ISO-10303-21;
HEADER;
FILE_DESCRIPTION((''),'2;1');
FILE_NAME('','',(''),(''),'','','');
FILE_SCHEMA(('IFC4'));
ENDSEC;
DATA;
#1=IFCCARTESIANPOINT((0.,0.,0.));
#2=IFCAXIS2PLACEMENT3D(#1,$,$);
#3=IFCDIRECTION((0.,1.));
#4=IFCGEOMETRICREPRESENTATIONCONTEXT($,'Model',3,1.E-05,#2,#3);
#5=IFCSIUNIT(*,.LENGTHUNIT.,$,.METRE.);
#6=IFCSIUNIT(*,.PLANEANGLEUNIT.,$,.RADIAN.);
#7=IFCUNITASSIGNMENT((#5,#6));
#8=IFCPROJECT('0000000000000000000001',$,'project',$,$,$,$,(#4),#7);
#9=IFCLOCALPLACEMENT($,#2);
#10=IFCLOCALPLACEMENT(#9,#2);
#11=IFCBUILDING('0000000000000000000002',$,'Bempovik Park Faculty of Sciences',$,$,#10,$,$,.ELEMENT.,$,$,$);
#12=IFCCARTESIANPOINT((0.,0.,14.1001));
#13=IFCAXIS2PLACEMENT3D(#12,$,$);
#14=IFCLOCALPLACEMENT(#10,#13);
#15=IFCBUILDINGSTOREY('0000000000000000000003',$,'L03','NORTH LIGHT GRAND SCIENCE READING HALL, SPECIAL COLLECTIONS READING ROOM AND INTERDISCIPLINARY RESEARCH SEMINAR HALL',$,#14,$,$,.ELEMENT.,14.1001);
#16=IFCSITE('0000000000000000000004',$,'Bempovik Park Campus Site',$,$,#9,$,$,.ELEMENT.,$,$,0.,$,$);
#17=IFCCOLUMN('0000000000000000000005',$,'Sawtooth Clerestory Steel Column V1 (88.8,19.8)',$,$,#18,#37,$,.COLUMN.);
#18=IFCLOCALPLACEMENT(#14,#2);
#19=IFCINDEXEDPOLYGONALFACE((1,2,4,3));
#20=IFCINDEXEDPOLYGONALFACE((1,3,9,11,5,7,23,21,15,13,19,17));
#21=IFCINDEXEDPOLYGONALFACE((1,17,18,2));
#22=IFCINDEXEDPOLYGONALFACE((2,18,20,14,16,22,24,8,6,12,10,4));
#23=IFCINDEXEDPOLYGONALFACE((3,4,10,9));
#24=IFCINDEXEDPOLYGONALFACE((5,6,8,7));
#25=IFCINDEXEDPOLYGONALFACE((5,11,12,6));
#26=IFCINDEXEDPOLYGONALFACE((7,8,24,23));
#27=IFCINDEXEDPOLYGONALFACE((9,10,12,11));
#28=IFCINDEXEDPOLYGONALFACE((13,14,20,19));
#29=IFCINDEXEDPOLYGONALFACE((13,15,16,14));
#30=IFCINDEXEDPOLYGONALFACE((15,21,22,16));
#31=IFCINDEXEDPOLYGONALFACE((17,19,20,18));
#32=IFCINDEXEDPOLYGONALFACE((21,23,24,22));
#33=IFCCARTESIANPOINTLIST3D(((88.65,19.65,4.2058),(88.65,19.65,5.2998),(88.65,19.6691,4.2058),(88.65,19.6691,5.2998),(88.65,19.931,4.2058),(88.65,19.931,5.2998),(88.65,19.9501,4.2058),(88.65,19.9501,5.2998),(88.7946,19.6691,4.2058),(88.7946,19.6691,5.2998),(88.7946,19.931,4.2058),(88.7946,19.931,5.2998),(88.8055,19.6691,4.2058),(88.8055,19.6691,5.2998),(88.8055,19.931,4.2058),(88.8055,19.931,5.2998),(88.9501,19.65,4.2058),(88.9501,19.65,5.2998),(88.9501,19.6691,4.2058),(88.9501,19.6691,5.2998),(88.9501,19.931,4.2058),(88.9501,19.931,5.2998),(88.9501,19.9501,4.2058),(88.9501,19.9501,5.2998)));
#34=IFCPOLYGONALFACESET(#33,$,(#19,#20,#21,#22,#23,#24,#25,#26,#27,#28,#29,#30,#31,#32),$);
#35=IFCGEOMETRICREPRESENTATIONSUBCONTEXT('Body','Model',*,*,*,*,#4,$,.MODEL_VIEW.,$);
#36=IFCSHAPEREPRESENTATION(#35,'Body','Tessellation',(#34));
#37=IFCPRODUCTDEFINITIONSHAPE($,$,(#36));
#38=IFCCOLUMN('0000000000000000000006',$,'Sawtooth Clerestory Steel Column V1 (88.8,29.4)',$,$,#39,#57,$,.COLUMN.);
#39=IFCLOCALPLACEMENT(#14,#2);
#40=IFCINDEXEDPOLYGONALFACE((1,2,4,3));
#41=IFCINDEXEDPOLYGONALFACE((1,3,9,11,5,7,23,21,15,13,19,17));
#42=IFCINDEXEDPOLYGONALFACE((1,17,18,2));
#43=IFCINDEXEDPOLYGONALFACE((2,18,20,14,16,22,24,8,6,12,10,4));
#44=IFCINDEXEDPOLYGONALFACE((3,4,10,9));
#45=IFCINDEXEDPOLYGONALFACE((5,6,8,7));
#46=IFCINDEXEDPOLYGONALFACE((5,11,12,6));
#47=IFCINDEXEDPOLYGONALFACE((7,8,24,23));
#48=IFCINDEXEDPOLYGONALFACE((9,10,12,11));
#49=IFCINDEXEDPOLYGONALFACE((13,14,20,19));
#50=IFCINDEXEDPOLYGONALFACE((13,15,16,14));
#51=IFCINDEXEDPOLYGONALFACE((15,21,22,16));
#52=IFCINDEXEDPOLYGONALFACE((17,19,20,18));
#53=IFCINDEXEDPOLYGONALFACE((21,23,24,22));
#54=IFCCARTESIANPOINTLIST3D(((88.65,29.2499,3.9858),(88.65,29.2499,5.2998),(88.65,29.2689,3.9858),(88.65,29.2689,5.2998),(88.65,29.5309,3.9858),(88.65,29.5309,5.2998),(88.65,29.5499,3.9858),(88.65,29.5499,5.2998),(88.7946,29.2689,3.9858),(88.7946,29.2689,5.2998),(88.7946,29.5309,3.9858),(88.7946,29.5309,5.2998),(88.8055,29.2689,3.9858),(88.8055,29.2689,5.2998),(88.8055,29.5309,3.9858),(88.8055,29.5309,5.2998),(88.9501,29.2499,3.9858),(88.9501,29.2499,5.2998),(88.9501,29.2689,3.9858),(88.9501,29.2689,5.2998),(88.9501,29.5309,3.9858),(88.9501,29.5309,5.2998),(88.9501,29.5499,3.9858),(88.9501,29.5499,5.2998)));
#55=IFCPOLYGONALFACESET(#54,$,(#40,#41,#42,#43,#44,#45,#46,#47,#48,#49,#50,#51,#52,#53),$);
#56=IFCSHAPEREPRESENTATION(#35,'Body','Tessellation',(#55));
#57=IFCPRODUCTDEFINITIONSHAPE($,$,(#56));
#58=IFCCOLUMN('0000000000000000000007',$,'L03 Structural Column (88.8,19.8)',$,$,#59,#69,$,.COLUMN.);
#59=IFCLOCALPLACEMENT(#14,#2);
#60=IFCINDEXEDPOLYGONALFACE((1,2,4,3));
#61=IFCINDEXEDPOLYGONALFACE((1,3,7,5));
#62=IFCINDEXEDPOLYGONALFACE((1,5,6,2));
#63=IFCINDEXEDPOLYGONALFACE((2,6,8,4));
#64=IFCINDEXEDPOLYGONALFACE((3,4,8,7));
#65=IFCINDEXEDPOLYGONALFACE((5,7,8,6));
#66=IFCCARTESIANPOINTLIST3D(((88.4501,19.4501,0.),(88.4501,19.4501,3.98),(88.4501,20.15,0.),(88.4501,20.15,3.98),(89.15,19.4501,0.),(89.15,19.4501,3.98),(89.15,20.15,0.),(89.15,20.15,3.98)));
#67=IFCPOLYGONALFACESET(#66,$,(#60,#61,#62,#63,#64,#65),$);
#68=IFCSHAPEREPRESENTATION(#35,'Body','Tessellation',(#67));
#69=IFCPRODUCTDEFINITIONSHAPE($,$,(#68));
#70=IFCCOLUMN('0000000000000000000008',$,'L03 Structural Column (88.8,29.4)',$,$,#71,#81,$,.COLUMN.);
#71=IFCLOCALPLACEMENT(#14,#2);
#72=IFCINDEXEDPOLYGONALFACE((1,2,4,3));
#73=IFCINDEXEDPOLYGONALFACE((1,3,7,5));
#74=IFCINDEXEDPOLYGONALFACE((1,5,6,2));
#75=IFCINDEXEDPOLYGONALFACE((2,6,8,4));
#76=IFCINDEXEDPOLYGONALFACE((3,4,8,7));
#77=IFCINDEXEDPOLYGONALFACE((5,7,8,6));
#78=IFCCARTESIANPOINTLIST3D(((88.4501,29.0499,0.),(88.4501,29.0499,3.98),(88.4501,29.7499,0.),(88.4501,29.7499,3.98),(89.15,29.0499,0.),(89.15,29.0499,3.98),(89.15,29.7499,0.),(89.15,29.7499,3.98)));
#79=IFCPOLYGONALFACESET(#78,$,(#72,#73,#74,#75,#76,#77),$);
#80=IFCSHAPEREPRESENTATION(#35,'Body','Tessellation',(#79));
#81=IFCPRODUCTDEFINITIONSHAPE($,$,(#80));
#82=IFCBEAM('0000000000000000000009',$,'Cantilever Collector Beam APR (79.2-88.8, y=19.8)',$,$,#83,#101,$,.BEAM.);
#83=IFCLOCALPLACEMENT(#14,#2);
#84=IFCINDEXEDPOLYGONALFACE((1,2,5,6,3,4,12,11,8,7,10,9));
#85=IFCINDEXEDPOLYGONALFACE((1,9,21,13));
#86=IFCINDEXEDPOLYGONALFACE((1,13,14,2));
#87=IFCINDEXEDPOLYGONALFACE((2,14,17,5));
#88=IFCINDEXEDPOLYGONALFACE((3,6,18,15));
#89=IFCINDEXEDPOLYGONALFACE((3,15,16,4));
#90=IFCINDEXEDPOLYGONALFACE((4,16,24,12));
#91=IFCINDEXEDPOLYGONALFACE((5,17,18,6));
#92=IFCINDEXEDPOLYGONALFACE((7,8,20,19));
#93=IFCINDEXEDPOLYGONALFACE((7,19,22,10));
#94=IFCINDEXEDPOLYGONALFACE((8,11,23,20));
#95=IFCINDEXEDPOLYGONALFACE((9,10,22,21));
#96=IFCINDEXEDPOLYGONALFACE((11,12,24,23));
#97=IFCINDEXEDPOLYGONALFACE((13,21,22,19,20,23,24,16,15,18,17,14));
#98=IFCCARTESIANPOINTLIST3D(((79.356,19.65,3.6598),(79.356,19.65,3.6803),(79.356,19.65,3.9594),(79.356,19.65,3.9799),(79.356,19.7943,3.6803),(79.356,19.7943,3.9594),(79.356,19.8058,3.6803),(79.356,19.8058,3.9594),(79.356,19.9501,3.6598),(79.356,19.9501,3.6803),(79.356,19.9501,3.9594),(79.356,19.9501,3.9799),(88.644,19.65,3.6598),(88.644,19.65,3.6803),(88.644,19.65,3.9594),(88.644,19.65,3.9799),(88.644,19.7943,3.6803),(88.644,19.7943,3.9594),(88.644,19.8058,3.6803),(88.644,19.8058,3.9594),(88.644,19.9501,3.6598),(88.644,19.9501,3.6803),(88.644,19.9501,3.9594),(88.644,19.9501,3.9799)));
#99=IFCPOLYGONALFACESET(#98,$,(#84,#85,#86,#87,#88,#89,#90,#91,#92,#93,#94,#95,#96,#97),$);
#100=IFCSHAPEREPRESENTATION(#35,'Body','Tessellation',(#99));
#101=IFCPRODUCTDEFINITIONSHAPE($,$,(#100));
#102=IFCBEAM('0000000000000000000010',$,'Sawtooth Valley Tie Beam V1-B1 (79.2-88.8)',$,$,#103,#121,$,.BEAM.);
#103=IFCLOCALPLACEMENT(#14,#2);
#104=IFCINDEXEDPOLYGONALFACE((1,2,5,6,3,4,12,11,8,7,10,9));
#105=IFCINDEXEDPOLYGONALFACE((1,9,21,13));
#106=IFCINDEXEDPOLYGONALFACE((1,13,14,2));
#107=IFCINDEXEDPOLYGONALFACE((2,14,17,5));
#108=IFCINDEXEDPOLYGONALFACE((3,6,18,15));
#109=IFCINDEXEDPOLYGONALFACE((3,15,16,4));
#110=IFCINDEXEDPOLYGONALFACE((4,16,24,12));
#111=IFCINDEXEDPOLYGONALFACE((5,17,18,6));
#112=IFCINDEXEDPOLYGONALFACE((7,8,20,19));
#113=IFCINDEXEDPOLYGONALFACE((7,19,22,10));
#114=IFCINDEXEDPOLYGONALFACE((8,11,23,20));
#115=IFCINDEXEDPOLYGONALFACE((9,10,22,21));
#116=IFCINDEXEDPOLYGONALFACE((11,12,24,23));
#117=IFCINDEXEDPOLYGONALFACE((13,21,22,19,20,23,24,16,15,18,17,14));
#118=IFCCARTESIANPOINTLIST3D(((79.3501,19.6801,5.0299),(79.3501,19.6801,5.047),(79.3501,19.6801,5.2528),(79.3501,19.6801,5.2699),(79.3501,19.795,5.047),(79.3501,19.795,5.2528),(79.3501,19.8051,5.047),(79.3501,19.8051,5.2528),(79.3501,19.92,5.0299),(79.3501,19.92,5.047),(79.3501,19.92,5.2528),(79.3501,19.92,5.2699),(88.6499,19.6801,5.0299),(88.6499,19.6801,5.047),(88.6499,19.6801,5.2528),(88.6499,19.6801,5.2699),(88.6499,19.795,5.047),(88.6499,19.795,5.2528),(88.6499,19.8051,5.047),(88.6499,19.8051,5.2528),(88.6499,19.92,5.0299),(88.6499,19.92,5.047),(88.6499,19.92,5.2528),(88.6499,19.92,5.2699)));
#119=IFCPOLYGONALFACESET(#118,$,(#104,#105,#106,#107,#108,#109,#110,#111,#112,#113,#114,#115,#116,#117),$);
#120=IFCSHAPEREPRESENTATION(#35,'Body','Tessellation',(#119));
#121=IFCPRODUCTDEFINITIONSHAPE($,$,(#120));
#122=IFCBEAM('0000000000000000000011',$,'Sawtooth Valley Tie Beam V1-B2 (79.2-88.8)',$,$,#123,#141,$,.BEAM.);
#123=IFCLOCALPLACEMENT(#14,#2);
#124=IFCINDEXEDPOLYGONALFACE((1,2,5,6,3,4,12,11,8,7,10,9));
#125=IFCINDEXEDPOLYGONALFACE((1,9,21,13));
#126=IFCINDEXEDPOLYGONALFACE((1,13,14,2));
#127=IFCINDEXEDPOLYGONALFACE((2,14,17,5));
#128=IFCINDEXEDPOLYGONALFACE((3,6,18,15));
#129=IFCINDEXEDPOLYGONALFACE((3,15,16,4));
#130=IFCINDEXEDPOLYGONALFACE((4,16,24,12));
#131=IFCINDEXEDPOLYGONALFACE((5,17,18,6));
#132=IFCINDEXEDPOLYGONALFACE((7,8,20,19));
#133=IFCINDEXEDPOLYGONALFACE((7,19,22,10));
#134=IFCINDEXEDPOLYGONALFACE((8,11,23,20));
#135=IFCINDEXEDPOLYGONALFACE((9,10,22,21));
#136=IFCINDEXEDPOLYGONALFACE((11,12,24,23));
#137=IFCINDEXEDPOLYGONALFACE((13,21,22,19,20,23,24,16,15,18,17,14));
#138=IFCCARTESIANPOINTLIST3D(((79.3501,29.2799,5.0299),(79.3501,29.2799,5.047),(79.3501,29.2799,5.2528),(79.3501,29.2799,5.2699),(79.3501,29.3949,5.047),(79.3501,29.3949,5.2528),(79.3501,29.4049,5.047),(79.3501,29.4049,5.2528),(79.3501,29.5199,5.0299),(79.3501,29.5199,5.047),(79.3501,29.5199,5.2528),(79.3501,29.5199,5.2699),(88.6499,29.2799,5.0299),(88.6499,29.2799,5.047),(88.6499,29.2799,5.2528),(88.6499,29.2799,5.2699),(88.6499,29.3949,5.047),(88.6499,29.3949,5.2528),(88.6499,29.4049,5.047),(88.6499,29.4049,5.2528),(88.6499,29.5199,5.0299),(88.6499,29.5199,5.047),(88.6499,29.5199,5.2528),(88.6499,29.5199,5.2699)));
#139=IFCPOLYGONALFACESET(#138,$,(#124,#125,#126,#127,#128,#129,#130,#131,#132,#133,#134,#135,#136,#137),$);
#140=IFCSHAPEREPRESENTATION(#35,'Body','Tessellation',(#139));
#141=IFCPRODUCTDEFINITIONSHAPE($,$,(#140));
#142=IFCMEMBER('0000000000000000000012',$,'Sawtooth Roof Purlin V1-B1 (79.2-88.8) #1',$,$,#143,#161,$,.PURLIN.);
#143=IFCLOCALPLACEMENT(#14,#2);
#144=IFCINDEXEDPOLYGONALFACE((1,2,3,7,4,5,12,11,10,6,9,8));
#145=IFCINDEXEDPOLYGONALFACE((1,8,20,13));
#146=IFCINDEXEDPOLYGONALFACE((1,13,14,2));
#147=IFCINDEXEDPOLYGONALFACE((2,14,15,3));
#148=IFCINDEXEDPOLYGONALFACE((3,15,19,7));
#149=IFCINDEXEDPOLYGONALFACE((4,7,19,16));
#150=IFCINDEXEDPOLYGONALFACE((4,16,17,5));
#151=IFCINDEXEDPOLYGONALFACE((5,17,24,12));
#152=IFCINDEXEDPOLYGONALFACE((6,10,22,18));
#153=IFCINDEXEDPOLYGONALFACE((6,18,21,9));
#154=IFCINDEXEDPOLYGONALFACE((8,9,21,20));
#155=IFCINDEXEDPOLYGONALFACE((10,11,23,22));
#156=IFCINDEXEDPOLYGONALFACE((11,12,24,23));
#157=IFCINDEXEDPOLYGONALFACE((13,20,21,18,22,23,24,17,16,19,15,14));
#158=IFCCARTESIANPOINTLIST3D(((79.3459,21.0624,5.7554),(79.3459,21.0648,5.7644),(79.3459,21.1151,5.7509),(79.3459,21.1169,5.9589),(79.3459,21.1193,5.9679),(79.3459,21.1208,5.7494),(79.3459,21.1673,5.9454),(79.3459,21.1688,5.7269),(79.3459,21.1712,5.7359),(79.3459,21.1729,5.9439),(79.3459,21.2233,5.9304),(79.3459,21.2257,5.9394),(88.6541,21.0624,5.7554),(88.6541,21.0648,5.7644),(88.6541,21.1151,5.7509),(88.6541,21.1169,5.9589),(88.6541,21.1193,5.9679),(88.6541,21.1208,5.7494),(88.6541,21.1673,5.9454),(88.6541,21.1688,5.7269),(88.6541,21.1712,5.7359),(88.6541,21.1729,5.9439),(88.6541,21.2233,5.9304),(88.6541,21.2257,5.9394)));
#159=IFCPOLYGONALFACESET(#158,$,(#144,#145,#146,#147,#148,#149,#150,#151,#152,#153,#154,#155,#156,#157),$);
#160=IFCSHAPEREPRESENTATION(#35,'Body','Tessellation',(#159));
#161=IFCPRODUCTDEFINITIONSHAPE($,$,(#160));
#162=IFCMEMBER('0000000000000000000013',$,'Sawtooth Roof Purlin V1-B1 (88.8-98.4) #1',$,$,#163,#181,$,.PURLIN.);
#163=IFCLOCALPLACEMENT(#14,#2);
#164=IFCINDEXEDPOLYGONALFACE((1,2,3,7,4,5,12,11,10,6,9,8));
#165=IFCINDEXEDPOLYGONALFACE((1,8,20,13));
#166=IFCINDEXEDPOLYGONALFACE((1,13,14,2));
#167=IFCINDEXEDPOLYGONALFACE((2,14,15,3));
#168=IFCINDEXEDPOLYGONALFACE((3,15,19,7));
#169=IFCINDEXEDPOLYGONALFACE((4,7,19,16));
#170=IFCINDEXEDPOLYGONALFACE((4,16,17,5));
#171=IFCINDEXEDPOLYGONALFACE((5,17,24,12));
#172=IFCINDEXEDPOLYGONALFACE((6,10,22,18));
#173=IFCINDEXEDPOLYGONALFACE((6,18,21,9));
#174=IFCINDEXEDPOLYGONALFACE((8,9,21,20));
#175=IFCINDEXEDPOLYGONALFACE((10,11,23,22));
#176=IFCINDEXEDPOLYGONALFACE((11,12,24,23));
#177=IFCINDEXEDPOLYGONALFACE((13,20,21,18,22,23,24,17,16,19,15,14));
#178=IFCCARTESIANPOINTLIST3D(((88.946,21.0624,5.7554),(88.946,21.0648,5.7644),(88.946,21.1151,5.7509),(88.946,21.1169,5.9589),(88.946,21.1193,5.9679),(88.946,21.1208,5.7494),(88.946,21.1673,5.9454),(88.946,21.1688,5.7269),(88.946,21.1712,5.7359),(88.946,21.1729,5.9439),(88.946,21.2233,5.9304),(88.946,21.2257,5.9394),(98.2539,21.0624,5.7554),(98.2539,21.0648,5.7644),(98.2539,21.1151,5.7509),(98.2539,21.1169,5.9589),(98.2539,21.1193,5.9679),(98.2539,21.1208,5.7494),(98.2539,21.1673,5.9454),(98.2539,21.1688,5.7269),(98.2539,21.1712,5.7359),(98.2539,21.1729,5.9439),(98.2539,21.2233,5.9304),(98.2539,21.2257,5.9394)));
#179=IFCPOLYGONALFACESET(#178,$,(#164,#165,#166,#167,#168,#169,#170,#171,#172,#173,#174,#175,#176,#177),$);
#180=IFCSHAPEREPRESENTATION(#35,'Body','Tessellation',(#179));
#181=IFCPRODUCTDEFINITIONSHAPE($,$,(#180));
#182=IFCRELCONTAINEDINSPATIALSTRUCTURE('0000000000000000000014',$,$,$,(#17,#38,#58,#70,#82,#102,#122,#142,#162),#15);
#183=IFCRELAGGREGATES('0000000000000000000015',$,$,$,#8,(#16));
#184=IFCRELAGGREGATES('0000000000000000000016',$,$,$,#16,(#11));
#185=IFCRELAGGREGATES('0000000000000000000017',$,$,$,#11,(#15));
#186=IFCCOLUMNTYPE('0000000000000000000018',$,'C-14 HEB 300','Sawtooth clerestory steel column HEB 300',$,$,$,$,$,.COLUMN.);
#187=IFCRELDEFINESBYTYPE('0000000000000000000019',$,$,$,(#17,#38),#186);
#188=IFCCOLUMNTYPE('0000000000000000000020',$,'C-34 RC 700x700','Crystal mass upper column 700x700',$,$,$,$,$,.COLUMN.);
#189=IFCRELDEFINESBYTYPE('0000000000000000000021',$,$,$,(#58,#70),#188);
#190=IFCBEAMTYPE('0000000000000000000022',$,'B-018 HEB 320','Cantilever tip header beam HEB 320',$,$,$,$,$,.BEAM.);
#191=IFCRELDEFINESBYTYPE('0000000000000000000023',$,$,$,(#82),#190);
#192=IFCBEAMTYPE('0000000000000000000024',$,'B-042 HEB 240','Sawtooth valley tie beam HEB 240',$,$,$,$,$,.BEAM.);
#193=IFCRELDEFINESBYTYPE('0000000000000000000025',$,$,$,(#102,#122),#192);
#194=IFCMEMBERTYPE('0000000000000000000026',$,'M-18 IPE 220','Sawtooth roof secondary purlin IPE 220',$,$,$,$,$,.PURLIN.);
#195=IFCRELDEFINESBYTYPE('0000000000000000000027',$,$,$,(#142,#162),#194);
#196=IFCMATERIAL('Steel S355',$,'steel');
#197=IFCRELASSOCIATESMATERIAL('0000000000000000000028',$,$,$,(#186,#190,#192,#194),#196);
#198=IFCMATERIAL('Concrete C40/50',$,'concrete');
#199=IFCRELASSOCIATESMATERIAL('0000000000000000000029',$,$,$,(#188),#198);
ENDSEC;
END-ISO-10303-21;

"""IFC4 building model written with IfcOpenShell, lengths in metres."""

from ifc_helpers import new_model, si_unit, direction, frame, origin, origin_2d, place, context, subcontext, project, spatial, rectangle, i_section, extrude, material, material_profile, profile_set, type_object, element, save


model = new_model("IFC4")

# Units and contexts
model_context = context("Model", 3, precision=1e-05, world=origin(), true_north=direction((0.0, 1.0)))
body_context = subcontext(model_context, "Body", "Model", "MODEL_VIEW")
ifc_project = project(units=[si_unit("LENGTHUNIT", "METRE"), si_unit("PLANEANGLEUNIT", "RADIAN")], contexts=[model_context])

# Site, building, storey
site_placement = place(None, origin())
site = spatial("IfcSite", under=ifc_project, at=site_placement, Name="Bempovik Park Campus Site", CompositionType="ELEMENT", RefElevation=0.0)
building_placement = place(site_placement, origin())
building = spatial("IfcBuilding", under=site, at=building_placement, Name="Bempovik Park Faculty of Sciences", CompositionType="ELEMENT")
storey_placement = place(building_placement, frame((0.0, 0.0, 14.1001)))
storey = spatial("IfcBuildingStorey", under=building, at=storey_placement, Name="L03", Description="NORTH LIGHT GRAND SCIENCE READING HALL, SPECIAL COLLECTIONS READING ROOM AND INTERDISCIPLINARY RESEARCH SEMINAR HALL", CompositionType="ELEMENT", Elevation=14.1001)

# Columns
ifc_material_1 = material(Name="Steel S355", Category="steel")
ifc_material_profile_1 = material_profile(ifc_material_1, i_section(OverallWidth=0.3, OverallDepth=0.3, WebThickness=0.011, FlangeThickness=0.019, at=origin_2d()), Name="HEB 300")
ifc_profile_set_1 = profile_set([ifc_material_profile_1], Name="Steel S355")
column_type_1 = type_object("IfcColumnType", Name="C-14 HEB 300", Description="Sawtooth clerestory steel column HEB 300", PredefinedType="COLUMN", material=ifc_profile_set_1)
column_1_placement = place(storey_placement, frame((88.8, 19.8, 4.2058), z_axis=(0.0, 0.0, 1.0), x_axis=(1.0, 0.0, 0.0)))
element("IfcColumn", 1, at=column_1_placement, inside=storey, type_object=column_type_1, Name="Sawtooth Clerestory Steel Column V1 (88.8,19.8)", PredefinedType="COLUMN", context=body_context, shape_type="SweptSolid", body=[
    extrude(i_section(OverallWidth=0.3, OverallDepth=0.3, WebThickness=0.011, FlangeThickness=0.019, at=origin_2d()), origin(), (0.0, 0.0, 1.0), 1.094),
])
column_2_placement = place(storey_placement, frame((88.8, 29.3999, 3.9858), z_axis=(0.0, 0.0, 1.0), x_axis=(1.0, 0.0, 0.0)))
element("IfcColumn", 2, at=column_2_placement, inside=storey, type_object=column_type_1, Name="Sawtooth Clerestory Steel Column V1 (88.8,29.4)", PredefinedType="COLUMN", context=body_context, shape_type="SweptSolid", body=[
    extrude(i_section(OverallWidth=0.3, OverallDepth=0.3, WebThickness=0.011, FlangeThickness=0.019, at=origin_2d()), origin(), (0.0, 0.0, 1.0), 1.314),
])
ifc_material_2 = material(Name="Concrete C40/50", Category="concrete")
ifc_material_profile_2 = material_profile(ifc_material_2, rectangle(XDim=0.7, YDim=0.7, at=origin_2d()), Name="RC 700x700")
ifc_profile_set_2 = profile_set([ifc_material_profile_2], Name="Concrete C40/50")
column_type_2 = type_object("IfcColumnType", Name="C-34 RC 700x700", Description="Crystal mass upper column 700x700", PredefinedType="COLUMN", material=ifc_profile_set_2)
for number, where, z_axis, x_axis, name in (
    (3, (88.8, 19.8, 0.0), (0.0, 0.0, 1.0), (1.0, 0.0, 0.0), "L03 Structural Column (88.8,19.8)"),
    (4, (88.8, 29.3999, 0.0), (0.0, 0.0, 1.0), (1.0, 0.0, 0.0), "L03 Structural Column (88.8,29.4)"),
):
    element("IfcColumn", number, at=place(storey_placement, frame(where, z_axis=z_axis, x_axis=x_axis)), inside=storey, type_object=column_type_2, Name=name, PredefinedType="COLUMN", context=body_context, shape_type="SweptSolid", body=[
        extrude(rectangle(XDim=0.7, YDim=0.7, at=origin_2d()), origin(), (0.0, 0.0, 1.0), 3.98),
    ])

# Beams
ifc_material_profile_3 = material_profile(ifc_material_1, i_section(OverallWidth=0.3, OverallDepth=0.3201, WebThickness=0.0115, FlangeThickness=0.0205, at=origin_2d()), Name="HEB 320")
ifc_profile_set_3 = profile_set([ifc_material_profile_3], Name="Steel S355")
beam_type_1 = type_object("IfcBeamType", Name="B-018 HEB 320", Description="Cantilever tip header beam HEB 320", PredefinedType="BEAM", material=ifc_profile_set_3)
beam_placement = place(storey_placement, frame((79.356, 19.8, 3.8198), z_axis=(1.0, 0.0, 0.0), x_axis=(0.0, 1.0, 0.0)))
element("IfcBeam", 5, at=beam_placement, inside=storey, type_object=beam_type_1, Name="Cantilever Collector Beam APR (79.2-88.8, y=19.8)", PredefinedType="BEAM", context=body_context, shape_type="SweptSolid", body=[
    extrude(i_section(OverallWidth=0.3, OverallDepth=0.3201, WebThickness=0.0115, FlangeThickness=0.0205, at=origin_2d()), origin(), (0.0, 0.0, 1.0), 9.2881),
])
ifc_material_profile_4 = material_profile(ifc_material_1, i_section(OverallWidth=0.24, OverallDepth=0.24, WebThickness=0.01, FlangeThickness=0.0171, at=origin_2d()), Name="HEB 240")
ifc_profile_set_4 = profile_set([ifc_material_profile_4], Name="Steel S355")
beam_type_2 = type_object("IfcBeamType", Name="B-042 HEB 240", Description="Sawtooth valley tie beam HEB 240", PredefinedType="BEAM", material=ifc_profile_set_4)
for number, where, z_axis, x_axis, name in (
    (6, (79.3501, 19.8, 5.1499), (1.0, 0.0, 0.0), (0.0, 1.0, 0.0), "Sawtooth Valley Tie Beam V1-B1 (79.2-88.8)"),
    (7, (79.3501, 29.3999, 5.1499), (1.0, 0.0, 0.0), (0.0, 1.0, 0.0), "Sawtooth Valley Tie Beam V1-B2 (79.2-88.8)"),
):
    element("IfcBeam", number, at=place(storey_placement, frame(where, z_axis=z_axis, x_axis=x_axis)), inside=storey, type_object=beam_type_2, Name=name, PredefinedType="BEAM", context=body_context, shape_type="SweptSolid", body=[
        extrude(i_section(OverallWidth=0.24, OverallDepth=0.24, WebThickness=0.01, FlangeThickness=0.0171, at=origin_2d()), origin(), (0.0, 0.0, 1.0), 9.2998),
    ])

# Members
ifc_material_profile_5 = material_profile(ifc_material_1, i_section(OverallWidth=0.1101, OverallDepth=0.22, WebThickness=0.0059, FlangeThickness=0.0093, at=origin_2d()), Name="IPE 220")
ifc_profile_set_5 = profile_set([ifc_material_profile_5], Name="Steel S355")
member_type_1 = type_object("IfcMemberType", Name="M-18 IPE 220", Description="Sawtooth roof secondary purlin IPE 220", PredefinedType="PURLIN", material=ifc_profile_set_5)
member_1_placement = place(storey_placement, frame((79.3459, 21.144, 5.8474), z_axis=(1.0, 0.0, 0.0), x_axis=(0.0, 0.965926, -0.258819)))
element("IfcMember", 8, at=member_1_placement, inside=storey, type_object=member_type_1, Name="Sawtooth Roof Purlin V1-B1 (79.2-88.8) #1", PredefinedType="PURLIN", context=body_context, shape_type="SweptSolid", body=[
    extrude(i_section(OverallWidth=0.1101, OverallDepth=0.22, WebThickness=0.0059, FlangeThickness=0.0093, at=origin_2d()), origin(), (0.0, 0.0, 1.0), 9.3081),
])
member_2_placement = place(storey_placement, frame((88.946, 21.144, 5.8474), z_axis=(1.0, 0.0, 0.0), x_axis=(0.0, 0.965926, -0.258819)))
element("IfcMember", 9, at=member_2_placement, inside=storey, type_object=member_type_1, Name="Sawtooth Roof Purlin V1-B1 (88.8-98.4) #1", PredefinedType="PURLIN", context=body_context, shape_type="SweptSolid", body=[
    extrude(i_section(OverallWidth=0.1101, OverallDepth=0.22, WebThickness=0.0059, FlangeThickness=0.0093, at=origin_2d()), origin(), (0.0, 0.0, 1.0), 9.3079),
])

save(model, "model.ifc")
